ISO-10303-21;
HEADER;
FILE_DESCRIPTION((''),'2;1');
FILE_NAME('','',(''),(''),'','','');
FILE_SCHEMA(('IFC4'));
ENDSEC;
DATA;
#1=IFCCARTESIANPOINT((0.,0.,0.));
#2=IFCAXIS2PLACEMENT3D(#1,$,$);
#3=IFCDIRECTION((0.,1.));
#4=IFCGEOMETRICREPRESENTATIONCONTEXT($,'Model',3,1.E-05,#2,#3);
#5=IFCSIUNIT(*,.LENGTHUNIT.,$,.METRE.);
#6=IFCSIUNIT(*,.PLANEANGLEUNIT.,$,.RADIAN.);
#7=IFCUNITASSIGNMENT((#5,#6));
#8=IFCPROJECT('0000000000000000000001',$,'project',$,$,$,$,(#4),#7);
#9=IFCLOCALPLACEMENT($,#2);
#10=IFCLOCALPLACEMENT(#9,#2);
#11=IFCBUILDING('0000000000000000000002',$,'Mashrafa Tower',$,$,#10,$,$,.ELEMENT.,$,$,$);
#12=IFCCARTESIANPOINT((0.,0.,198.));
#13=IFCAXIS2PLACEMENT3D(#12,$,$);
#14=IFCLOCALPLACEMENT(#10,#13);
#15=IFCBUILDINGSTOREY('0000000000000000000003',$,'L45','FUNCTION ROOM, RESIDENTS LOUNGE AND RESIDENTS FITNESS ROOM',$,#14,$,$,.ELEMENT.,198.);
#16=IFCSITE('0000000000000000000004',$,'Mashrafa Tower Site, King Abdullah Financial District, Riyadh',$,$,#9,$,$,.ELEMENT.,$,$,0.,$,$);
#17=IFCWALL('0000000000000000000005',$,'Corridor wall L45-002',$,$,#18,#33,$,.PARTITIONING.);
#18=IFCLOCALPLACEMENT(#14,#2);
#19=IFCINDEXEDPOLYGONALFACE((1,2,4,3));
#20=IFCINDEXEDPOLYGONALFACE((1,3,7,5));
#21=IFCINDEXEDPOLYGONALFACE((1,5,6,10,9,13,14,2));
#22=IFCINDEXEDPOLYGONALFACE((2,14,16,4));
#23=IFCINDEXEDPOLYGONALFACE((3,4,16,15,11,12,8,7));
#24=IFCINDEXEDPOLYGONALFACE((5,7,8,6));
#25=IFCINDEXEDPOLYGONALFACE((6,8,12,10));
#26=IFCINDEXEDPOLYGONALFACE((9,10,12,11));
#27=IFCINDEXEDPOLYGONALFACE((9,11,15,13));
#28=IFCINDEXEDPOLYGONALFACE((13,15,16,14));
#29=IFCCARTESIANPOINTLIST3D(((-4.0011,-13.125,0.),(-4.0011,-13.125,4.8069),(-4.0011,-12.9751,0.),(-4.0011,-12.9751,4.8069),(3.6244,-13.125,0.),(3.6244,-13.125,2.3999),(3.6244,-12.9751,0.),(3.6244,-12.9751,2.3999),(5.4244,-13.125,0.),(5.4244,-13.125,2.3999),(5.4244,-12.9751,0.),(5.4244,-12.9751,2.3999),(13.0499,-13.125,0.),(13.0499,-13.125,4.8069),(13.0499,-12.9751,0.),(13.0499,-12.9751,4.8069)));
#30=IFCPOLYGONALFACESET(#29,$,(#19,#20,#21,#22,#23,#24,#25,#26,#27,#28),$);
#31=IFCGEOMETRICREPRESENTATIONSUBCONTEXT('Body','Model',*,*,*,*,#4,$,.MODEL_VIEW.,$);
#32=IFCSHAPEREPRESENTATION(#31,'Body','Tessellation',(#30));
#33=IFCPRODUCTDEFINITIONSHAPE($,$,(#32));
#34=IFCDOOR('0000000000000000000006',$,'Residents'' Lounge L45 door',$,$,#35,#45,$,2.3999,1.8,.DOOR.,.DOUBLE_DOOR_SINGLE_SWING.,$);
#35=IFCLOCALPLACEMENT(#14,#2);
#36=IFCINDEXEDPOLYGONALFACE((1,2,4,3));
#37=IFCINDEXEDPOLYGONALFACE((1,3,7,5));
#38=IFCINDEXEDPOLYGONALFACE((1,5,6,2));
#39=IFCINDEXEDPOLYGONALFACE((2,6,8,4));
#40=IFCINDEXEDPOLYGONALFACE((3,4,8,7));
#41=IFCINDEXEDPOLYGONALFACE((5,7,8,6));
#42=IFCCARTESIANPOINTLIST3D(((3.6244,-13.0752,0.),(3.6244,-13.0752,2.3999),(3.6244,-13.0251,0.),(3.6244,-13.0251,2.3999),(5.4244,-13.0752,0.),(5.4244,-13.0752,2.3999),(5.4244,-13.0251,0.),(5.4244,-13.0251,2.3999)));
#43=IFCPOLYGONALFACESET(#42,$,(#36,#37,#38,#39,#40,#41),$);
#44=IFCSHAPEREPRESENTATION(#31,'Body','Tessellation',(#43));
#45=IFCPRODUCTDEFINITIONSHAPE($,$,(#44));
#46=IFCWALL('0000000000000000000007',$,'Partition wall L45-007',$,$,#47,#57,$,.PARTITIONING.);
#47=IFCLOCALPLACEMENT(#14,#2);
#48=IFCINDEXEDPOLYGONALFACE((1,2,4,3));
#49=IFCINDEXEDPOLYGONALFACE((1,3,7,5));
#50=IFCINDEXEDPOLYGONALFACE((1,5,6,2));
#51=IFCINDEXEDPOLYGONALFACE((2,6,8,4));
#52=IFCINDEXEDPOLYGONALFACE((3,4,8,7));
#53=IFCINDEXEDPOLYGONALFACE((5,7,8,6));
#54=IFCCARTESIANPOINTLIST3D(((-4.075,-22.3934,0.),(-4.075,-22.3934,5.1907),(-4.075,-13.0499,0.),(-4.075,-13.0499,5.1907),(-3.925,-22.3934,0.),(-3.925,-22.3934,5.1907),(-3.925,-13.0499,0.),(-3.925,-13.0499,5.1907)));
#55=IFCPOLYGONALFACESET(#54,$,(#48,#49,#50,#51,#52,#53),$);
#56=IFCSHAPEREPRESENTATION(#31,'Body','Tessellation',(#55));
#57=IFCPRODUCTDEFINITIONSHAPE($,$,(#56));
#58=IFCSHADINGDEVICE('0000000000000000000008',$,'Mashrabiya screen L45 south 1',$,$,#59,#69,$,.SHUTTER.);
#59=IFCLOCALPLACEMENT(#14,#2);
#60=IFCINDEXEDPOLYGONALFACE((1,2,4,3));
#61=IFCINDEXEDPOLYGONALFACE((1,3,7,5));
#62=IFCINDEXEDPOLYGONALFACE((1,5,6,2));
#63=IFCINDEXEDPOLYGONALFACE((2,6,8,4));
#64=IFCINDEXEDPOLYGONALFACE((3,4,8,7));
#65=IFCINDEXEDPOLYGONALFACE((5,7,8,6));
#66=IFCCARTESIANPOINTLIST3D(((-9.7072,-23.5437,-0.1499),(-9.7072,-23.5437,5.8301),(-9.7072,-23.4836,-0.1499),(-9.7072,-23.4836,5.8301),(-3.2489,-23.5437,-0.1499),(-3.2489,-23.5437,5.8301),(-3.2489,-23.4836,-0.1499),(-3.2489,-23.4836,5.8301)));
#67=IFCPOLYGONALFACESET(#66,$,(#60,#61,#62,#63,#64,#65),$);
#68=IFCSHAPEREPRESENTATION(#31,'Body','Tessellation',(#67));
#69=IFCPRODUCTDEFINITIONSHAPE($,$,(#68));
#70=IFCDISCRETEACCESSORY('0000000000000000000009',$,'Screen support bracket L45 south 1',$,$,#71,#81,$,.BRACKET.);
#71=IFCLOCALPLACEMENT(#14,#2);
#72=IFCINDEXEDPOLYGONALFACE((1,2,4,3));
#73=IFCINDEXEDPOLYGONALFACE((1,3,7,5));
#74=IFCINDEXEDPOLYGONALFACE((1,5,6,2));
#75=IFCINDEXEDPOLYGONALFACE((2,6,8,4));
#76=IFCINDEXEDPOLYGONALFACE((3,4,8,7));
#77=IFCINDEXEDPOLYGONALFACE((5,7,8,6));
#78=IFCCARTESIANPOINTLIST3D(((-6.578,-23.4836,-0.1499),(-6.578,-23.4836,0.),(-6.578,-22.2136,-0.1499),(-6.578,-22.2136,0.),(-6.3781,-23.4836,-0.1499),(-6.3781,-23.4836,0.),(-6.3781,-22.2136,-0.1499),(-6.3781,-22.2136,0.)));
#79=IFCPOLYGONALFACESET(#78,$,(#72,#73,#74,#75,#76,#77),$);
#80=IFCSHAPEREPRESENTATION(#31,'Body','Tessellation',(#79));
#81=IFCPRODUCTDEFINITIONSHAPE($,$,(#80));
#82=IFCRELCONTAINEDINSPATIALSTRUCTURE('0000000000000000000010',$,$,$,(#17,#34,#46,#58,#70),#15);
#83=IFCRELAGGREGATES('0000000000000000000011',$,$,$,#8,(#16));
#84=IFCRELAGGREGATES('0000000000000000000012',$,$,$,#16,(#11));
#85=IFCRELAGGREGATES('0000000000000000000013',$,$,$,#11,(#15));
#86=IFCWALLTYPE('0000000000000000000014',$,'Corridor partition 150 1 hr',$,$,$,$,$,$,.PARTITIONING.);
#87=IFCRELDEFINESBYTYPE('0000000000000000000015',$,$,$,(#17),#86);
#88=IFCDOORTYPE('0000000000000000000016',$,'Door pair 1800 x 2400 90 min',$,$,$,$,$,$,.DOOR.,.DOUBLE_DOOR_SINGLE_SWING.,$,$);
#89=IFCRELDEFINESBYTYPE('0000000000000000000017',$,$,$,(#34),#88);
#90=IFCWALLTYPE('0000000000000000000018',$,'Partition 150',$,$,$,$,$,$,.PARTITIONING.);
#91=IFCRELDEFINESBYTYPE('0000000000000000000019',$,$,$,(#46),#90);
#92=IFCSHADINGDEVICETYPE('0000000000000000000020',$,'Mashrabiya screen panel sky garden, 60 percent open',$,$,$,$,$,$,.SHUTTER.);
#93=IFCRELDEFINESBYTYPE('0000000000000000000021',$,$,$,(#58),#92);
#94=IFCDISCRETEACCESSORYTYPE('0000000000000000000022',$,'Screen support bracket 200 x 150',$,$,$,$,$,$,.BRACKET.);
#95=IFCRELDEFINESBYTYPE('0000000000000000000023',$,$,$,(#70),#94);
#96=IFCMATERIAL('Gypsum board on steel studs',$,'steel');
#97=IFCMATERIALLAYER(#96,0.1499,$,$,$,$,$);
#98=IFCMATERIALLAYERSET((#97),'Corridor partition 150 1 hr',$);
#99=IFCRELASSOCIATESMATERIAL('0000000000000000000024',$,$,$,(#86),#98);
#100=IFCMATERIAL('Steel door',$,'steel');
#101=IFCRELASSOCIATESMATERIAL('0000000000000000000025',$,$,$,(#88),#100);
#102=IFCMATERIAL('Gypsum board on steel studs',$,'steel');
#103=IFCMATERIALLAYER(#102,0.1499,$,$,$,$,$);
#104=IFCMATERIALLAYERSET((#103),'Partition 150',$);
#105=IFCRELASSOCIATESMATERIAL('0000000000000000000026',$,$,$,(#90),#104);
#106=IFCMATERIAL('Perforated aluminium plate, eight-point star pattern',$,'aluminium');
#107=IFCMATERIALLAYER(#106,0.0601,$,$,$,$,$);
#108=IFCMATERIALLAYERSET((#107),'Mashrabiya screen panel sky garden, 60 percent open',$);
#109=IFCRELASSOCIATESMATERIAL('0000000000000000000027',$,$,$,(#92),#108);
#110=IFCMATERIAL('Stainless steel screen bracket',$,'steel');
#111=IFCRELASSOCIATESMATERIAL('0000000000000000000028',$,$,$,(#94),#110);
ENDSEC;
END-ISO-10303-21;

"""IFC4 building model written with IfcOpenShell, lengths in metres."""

from ifc_helpers import new_model, si_unit, direction, frame, frame_2d, origin, origin_2d, place, context, subcontext, project, spatial, rectangle, extrude, source, transform, mapped, material, layer, layer_set, type_object, type_shapes, element, fill, save


model = new_model("IFC4")

# Units and contexts
model_context = context("Model", 3, precision=1e-05, world=origin(), true_north=direction((0.0, 1.0)))
body_context = subcontext(model_context, "Body", "Model", "MODEL_VIEW")
ifc_project = project(units=[si_unit("LENGTHUNIT", "METRE"), si_unit("PLANEANGLEUNIT", "RADIAN")], contexts=[model_context])

# Site, building, storey
site_placement = place(None, origin())
site = spatial("IfcSite", under=ifc_project, at=site_placement, Name="Mashrafa Tower Site, King Abdullah Financial District, Riyadh", CompositionType="ELEMENT", RefElevation=0.0)
building_placement = place(site_placement, origin())
building = spatial("IfcBuilding", under=site, at=building_placement, Name="Mashrafa Tower", CompositionType="ELEMENT")
storey_placement = place(building_placement, frame((0.0, 0.0, 198.0)))
storey = spatial("IfcBuildingStorey", under=building, at=storey_placement, Name="L45", Description="FUNCTION ROOM, RESIDENTS LOUNGE AND RESIDENTS FITNESS ROOM", CompositionType="ELEMENT", Elevation=198.0)

# Wall, opening, door
ifc_material_1 = material(Name="Gypsum board on steel studs", Category="steel")
ifc_layer_1 = layer(ifc_material_1, 0.1499)
ifc_layer_set_1 = layer_set([ifc_layer_1], Name="Corridor partition 150 1 hr")
wall_type_1 = type_object("IfcWallType", Name="Corridor partition 150 1 hr", PredefinedType="PARTITIONING", material=ifc_layer_set_1)
wall_1_placement = place(storey_placement, frame((-4.001, -13.05, 0.0), z_axis=(0.0, 0.0, 1.0), x_axis=(1.0, 0.0, 0.0)))
wall_1 = element("IfcWall", 1, at=wall_1_placement, inside=storey, type_object=wall_type_1, Name="Corridor wall L45-002", PredefinedType="PARTITIONING", context=body_context, shape_type="SweptSolid", body=[
    extrude(rectangle(XDim=17.051, YDim=0.1499, at=frame_2d((8.5254, 0.0))), origin(), (0.0, 0.0, 1.0), 4.8069),
])
opening_placement = place(wall_1_placement, frame((7.6255, 0.0, 0.0)))
opening = element("IfcOpeningElement", 2, at=opening_placement, cuts=wall_1, PredefinedType="OPENING", context=body_context, shape_type="SweptSolid", body=[
    extrude(rectangle(XDim=1.8, YDim=2.3999, at=frame_2d((0.8999, 1.2))), frame((0.0, 0.085, 0.0), z_axis=(0.0, -1.0, 0.0), x_axis=(1.0, 0.0, 0.0)), (0.0, 0.0, 1.0), 0.1699),
])
ifc_material_2 = material(Name="Steel door", Category="steel")
door_type = type_object("IfcDoorType", Name="Door pair 1800 x 2400 90 min", OperationType="DOUBLE_DOOR_SINGLE_SWING", PredefinedType="DOOR", material=ifc_material_2)
door_placement = place(opening_placement, origin())
door = element("IfcDoor", 3, at=door_placement, inside=storey, type_object=door_type, Name="Residents' Lounge L45 door", OperationType="DOUBLE_DOOR_SINGLE_SWING", OverallHeight=2.3999, OverallWidth=1.8, PredefinedType="DOOR", context=body_context, shape_type="SweptSolid", body=[
    extrude(rectangle(XDim=1.8, YDim=2.3999, at=frame_2d((0.8999, 1.2))), frame((0.0, 0.0249, 0.0), z_axis=(0.0, -1.0, 0.0), x_axis=(1.0, 0.0, 0.0)), (0.0, 0.0, 1.0), 0.05),
])
fill(opening, door)

# Wall
ifc_material_3 = material(Name="Gypsum board on steel studs", Category="steel")
ifc_layer_2 = layer(ifc_material_3, 0.1499)
ifc_layer_set_2 = layer_set([ifc_layer_2], Name="Partition 150")
wall_type_2 = type_object("IfcWallType", Name="Partition 150", PredefinedType="PARTITIONING", material=ifc_layer_set_2)
wall_2_placement = place(storey_placement, frame((-4.0, -22.3936, 0.0), z_axis=(0.0, 0.0, 1.0), x_axis=(0.0, 1.0, 0.0)))
element("IfcWall", 4, at=wall_2_placement, inside=storey, type_object=wall_type_2, Name="Partition wall L45-007", PredefinedType="PARTITIONING", context=body_context, shape_type="SweptSolid", body=[
    extrude(rectangle(XDim=9.3435, YDim=0.1499, at=frame_2d((4.6719, 0.0))), origin(), (0.0, 0.0, 1.0), 5.1907),
])

# Shading device
ifc_material_4 = material(Name="Perforated aluminium plate, eight-point star pattern", Category="aluminium")
ifc_layer_3 = layer(ifc_material_4, 0.0601)
ifc_layer_set_3 = layer_set([ifc_layer_3], Name="Mashrabiya screen panel sky garden, 60 percent open")
shading_device_type = type_object("IfcShadingDeviceType", Name="Mashrabiya screen panel sky garden, 60 percent open", PredefinedType="SHUTTER", material=ifc_layer_set_3)
shared_shape_1 = source(origin(), body_context, "Body", "SweptSolid", [
    extrude(rectangle(XDim=6.4583, YDim=0.0601, at=origin_2d()), origin(), (0.0, 0.0, 1.0), 5.98),
])
type_shapes(shading_device_type, [shared_shape_1])
shading_device_placement = place(storey_placement, frame((-6.478, -23.5137, -0.1499), z_axis=(0.0, 0.0, 1.0), x_axis=(1.0, 0.0, 0.0)))
element("IfcShadingDevice", 5, at=shading_device_placement, inside=storey, type_object=shading_device_type, Name="Mashrabiya screen L45 south 1", PredefinedType="SHUTTER", context=body_context, shape_type="MappedRepresentation", body=[
    mapped(shared_shape_1, transform((0.0, 0.0, 0.0))),
])

# Discrete accessory
ifc_material_5 = material(Name="Stainless steel screen bracket", Category="steel")
discrete_accessory_type = type_object("IfcDiscreteAccessoryType", Name="Screen support bracket 200 x 150", PredefinedType="BRACKET", material=ifc_material_5)
shared_shape_2 = source(origin(), body_context, "Body", "SweptSolid", [
    extrude(rectangle(XDim=0.2, YDim=1.27, at=origin_2d()), origin(), (0.0, 0.0, 1.0), 0.1499),
])
type_shapes(discrete_accessory_type, [shared_shape_2])
discrete_accessory_placement = place(storey_placement, frame((-6.478, -22.8486, -0.1499), z_axis=(0.0, 0.0, 1.0), x_axis=(1.0, 0.0, 0.0)))
element("IfcDiscreteAccessory", 6, at=discrete_accessory_placement, inside=storey, type_object=discrete_accessory_type, Name="Screen support bracket L45 south 1", PredefinedType="BRACKET", context=body_context, shape_type="MappedRepresentation", body=[
    mapped(shared_shape_2, transform((0.0, 0.0, 0.0))),
])

save(model, "model.ifc")
